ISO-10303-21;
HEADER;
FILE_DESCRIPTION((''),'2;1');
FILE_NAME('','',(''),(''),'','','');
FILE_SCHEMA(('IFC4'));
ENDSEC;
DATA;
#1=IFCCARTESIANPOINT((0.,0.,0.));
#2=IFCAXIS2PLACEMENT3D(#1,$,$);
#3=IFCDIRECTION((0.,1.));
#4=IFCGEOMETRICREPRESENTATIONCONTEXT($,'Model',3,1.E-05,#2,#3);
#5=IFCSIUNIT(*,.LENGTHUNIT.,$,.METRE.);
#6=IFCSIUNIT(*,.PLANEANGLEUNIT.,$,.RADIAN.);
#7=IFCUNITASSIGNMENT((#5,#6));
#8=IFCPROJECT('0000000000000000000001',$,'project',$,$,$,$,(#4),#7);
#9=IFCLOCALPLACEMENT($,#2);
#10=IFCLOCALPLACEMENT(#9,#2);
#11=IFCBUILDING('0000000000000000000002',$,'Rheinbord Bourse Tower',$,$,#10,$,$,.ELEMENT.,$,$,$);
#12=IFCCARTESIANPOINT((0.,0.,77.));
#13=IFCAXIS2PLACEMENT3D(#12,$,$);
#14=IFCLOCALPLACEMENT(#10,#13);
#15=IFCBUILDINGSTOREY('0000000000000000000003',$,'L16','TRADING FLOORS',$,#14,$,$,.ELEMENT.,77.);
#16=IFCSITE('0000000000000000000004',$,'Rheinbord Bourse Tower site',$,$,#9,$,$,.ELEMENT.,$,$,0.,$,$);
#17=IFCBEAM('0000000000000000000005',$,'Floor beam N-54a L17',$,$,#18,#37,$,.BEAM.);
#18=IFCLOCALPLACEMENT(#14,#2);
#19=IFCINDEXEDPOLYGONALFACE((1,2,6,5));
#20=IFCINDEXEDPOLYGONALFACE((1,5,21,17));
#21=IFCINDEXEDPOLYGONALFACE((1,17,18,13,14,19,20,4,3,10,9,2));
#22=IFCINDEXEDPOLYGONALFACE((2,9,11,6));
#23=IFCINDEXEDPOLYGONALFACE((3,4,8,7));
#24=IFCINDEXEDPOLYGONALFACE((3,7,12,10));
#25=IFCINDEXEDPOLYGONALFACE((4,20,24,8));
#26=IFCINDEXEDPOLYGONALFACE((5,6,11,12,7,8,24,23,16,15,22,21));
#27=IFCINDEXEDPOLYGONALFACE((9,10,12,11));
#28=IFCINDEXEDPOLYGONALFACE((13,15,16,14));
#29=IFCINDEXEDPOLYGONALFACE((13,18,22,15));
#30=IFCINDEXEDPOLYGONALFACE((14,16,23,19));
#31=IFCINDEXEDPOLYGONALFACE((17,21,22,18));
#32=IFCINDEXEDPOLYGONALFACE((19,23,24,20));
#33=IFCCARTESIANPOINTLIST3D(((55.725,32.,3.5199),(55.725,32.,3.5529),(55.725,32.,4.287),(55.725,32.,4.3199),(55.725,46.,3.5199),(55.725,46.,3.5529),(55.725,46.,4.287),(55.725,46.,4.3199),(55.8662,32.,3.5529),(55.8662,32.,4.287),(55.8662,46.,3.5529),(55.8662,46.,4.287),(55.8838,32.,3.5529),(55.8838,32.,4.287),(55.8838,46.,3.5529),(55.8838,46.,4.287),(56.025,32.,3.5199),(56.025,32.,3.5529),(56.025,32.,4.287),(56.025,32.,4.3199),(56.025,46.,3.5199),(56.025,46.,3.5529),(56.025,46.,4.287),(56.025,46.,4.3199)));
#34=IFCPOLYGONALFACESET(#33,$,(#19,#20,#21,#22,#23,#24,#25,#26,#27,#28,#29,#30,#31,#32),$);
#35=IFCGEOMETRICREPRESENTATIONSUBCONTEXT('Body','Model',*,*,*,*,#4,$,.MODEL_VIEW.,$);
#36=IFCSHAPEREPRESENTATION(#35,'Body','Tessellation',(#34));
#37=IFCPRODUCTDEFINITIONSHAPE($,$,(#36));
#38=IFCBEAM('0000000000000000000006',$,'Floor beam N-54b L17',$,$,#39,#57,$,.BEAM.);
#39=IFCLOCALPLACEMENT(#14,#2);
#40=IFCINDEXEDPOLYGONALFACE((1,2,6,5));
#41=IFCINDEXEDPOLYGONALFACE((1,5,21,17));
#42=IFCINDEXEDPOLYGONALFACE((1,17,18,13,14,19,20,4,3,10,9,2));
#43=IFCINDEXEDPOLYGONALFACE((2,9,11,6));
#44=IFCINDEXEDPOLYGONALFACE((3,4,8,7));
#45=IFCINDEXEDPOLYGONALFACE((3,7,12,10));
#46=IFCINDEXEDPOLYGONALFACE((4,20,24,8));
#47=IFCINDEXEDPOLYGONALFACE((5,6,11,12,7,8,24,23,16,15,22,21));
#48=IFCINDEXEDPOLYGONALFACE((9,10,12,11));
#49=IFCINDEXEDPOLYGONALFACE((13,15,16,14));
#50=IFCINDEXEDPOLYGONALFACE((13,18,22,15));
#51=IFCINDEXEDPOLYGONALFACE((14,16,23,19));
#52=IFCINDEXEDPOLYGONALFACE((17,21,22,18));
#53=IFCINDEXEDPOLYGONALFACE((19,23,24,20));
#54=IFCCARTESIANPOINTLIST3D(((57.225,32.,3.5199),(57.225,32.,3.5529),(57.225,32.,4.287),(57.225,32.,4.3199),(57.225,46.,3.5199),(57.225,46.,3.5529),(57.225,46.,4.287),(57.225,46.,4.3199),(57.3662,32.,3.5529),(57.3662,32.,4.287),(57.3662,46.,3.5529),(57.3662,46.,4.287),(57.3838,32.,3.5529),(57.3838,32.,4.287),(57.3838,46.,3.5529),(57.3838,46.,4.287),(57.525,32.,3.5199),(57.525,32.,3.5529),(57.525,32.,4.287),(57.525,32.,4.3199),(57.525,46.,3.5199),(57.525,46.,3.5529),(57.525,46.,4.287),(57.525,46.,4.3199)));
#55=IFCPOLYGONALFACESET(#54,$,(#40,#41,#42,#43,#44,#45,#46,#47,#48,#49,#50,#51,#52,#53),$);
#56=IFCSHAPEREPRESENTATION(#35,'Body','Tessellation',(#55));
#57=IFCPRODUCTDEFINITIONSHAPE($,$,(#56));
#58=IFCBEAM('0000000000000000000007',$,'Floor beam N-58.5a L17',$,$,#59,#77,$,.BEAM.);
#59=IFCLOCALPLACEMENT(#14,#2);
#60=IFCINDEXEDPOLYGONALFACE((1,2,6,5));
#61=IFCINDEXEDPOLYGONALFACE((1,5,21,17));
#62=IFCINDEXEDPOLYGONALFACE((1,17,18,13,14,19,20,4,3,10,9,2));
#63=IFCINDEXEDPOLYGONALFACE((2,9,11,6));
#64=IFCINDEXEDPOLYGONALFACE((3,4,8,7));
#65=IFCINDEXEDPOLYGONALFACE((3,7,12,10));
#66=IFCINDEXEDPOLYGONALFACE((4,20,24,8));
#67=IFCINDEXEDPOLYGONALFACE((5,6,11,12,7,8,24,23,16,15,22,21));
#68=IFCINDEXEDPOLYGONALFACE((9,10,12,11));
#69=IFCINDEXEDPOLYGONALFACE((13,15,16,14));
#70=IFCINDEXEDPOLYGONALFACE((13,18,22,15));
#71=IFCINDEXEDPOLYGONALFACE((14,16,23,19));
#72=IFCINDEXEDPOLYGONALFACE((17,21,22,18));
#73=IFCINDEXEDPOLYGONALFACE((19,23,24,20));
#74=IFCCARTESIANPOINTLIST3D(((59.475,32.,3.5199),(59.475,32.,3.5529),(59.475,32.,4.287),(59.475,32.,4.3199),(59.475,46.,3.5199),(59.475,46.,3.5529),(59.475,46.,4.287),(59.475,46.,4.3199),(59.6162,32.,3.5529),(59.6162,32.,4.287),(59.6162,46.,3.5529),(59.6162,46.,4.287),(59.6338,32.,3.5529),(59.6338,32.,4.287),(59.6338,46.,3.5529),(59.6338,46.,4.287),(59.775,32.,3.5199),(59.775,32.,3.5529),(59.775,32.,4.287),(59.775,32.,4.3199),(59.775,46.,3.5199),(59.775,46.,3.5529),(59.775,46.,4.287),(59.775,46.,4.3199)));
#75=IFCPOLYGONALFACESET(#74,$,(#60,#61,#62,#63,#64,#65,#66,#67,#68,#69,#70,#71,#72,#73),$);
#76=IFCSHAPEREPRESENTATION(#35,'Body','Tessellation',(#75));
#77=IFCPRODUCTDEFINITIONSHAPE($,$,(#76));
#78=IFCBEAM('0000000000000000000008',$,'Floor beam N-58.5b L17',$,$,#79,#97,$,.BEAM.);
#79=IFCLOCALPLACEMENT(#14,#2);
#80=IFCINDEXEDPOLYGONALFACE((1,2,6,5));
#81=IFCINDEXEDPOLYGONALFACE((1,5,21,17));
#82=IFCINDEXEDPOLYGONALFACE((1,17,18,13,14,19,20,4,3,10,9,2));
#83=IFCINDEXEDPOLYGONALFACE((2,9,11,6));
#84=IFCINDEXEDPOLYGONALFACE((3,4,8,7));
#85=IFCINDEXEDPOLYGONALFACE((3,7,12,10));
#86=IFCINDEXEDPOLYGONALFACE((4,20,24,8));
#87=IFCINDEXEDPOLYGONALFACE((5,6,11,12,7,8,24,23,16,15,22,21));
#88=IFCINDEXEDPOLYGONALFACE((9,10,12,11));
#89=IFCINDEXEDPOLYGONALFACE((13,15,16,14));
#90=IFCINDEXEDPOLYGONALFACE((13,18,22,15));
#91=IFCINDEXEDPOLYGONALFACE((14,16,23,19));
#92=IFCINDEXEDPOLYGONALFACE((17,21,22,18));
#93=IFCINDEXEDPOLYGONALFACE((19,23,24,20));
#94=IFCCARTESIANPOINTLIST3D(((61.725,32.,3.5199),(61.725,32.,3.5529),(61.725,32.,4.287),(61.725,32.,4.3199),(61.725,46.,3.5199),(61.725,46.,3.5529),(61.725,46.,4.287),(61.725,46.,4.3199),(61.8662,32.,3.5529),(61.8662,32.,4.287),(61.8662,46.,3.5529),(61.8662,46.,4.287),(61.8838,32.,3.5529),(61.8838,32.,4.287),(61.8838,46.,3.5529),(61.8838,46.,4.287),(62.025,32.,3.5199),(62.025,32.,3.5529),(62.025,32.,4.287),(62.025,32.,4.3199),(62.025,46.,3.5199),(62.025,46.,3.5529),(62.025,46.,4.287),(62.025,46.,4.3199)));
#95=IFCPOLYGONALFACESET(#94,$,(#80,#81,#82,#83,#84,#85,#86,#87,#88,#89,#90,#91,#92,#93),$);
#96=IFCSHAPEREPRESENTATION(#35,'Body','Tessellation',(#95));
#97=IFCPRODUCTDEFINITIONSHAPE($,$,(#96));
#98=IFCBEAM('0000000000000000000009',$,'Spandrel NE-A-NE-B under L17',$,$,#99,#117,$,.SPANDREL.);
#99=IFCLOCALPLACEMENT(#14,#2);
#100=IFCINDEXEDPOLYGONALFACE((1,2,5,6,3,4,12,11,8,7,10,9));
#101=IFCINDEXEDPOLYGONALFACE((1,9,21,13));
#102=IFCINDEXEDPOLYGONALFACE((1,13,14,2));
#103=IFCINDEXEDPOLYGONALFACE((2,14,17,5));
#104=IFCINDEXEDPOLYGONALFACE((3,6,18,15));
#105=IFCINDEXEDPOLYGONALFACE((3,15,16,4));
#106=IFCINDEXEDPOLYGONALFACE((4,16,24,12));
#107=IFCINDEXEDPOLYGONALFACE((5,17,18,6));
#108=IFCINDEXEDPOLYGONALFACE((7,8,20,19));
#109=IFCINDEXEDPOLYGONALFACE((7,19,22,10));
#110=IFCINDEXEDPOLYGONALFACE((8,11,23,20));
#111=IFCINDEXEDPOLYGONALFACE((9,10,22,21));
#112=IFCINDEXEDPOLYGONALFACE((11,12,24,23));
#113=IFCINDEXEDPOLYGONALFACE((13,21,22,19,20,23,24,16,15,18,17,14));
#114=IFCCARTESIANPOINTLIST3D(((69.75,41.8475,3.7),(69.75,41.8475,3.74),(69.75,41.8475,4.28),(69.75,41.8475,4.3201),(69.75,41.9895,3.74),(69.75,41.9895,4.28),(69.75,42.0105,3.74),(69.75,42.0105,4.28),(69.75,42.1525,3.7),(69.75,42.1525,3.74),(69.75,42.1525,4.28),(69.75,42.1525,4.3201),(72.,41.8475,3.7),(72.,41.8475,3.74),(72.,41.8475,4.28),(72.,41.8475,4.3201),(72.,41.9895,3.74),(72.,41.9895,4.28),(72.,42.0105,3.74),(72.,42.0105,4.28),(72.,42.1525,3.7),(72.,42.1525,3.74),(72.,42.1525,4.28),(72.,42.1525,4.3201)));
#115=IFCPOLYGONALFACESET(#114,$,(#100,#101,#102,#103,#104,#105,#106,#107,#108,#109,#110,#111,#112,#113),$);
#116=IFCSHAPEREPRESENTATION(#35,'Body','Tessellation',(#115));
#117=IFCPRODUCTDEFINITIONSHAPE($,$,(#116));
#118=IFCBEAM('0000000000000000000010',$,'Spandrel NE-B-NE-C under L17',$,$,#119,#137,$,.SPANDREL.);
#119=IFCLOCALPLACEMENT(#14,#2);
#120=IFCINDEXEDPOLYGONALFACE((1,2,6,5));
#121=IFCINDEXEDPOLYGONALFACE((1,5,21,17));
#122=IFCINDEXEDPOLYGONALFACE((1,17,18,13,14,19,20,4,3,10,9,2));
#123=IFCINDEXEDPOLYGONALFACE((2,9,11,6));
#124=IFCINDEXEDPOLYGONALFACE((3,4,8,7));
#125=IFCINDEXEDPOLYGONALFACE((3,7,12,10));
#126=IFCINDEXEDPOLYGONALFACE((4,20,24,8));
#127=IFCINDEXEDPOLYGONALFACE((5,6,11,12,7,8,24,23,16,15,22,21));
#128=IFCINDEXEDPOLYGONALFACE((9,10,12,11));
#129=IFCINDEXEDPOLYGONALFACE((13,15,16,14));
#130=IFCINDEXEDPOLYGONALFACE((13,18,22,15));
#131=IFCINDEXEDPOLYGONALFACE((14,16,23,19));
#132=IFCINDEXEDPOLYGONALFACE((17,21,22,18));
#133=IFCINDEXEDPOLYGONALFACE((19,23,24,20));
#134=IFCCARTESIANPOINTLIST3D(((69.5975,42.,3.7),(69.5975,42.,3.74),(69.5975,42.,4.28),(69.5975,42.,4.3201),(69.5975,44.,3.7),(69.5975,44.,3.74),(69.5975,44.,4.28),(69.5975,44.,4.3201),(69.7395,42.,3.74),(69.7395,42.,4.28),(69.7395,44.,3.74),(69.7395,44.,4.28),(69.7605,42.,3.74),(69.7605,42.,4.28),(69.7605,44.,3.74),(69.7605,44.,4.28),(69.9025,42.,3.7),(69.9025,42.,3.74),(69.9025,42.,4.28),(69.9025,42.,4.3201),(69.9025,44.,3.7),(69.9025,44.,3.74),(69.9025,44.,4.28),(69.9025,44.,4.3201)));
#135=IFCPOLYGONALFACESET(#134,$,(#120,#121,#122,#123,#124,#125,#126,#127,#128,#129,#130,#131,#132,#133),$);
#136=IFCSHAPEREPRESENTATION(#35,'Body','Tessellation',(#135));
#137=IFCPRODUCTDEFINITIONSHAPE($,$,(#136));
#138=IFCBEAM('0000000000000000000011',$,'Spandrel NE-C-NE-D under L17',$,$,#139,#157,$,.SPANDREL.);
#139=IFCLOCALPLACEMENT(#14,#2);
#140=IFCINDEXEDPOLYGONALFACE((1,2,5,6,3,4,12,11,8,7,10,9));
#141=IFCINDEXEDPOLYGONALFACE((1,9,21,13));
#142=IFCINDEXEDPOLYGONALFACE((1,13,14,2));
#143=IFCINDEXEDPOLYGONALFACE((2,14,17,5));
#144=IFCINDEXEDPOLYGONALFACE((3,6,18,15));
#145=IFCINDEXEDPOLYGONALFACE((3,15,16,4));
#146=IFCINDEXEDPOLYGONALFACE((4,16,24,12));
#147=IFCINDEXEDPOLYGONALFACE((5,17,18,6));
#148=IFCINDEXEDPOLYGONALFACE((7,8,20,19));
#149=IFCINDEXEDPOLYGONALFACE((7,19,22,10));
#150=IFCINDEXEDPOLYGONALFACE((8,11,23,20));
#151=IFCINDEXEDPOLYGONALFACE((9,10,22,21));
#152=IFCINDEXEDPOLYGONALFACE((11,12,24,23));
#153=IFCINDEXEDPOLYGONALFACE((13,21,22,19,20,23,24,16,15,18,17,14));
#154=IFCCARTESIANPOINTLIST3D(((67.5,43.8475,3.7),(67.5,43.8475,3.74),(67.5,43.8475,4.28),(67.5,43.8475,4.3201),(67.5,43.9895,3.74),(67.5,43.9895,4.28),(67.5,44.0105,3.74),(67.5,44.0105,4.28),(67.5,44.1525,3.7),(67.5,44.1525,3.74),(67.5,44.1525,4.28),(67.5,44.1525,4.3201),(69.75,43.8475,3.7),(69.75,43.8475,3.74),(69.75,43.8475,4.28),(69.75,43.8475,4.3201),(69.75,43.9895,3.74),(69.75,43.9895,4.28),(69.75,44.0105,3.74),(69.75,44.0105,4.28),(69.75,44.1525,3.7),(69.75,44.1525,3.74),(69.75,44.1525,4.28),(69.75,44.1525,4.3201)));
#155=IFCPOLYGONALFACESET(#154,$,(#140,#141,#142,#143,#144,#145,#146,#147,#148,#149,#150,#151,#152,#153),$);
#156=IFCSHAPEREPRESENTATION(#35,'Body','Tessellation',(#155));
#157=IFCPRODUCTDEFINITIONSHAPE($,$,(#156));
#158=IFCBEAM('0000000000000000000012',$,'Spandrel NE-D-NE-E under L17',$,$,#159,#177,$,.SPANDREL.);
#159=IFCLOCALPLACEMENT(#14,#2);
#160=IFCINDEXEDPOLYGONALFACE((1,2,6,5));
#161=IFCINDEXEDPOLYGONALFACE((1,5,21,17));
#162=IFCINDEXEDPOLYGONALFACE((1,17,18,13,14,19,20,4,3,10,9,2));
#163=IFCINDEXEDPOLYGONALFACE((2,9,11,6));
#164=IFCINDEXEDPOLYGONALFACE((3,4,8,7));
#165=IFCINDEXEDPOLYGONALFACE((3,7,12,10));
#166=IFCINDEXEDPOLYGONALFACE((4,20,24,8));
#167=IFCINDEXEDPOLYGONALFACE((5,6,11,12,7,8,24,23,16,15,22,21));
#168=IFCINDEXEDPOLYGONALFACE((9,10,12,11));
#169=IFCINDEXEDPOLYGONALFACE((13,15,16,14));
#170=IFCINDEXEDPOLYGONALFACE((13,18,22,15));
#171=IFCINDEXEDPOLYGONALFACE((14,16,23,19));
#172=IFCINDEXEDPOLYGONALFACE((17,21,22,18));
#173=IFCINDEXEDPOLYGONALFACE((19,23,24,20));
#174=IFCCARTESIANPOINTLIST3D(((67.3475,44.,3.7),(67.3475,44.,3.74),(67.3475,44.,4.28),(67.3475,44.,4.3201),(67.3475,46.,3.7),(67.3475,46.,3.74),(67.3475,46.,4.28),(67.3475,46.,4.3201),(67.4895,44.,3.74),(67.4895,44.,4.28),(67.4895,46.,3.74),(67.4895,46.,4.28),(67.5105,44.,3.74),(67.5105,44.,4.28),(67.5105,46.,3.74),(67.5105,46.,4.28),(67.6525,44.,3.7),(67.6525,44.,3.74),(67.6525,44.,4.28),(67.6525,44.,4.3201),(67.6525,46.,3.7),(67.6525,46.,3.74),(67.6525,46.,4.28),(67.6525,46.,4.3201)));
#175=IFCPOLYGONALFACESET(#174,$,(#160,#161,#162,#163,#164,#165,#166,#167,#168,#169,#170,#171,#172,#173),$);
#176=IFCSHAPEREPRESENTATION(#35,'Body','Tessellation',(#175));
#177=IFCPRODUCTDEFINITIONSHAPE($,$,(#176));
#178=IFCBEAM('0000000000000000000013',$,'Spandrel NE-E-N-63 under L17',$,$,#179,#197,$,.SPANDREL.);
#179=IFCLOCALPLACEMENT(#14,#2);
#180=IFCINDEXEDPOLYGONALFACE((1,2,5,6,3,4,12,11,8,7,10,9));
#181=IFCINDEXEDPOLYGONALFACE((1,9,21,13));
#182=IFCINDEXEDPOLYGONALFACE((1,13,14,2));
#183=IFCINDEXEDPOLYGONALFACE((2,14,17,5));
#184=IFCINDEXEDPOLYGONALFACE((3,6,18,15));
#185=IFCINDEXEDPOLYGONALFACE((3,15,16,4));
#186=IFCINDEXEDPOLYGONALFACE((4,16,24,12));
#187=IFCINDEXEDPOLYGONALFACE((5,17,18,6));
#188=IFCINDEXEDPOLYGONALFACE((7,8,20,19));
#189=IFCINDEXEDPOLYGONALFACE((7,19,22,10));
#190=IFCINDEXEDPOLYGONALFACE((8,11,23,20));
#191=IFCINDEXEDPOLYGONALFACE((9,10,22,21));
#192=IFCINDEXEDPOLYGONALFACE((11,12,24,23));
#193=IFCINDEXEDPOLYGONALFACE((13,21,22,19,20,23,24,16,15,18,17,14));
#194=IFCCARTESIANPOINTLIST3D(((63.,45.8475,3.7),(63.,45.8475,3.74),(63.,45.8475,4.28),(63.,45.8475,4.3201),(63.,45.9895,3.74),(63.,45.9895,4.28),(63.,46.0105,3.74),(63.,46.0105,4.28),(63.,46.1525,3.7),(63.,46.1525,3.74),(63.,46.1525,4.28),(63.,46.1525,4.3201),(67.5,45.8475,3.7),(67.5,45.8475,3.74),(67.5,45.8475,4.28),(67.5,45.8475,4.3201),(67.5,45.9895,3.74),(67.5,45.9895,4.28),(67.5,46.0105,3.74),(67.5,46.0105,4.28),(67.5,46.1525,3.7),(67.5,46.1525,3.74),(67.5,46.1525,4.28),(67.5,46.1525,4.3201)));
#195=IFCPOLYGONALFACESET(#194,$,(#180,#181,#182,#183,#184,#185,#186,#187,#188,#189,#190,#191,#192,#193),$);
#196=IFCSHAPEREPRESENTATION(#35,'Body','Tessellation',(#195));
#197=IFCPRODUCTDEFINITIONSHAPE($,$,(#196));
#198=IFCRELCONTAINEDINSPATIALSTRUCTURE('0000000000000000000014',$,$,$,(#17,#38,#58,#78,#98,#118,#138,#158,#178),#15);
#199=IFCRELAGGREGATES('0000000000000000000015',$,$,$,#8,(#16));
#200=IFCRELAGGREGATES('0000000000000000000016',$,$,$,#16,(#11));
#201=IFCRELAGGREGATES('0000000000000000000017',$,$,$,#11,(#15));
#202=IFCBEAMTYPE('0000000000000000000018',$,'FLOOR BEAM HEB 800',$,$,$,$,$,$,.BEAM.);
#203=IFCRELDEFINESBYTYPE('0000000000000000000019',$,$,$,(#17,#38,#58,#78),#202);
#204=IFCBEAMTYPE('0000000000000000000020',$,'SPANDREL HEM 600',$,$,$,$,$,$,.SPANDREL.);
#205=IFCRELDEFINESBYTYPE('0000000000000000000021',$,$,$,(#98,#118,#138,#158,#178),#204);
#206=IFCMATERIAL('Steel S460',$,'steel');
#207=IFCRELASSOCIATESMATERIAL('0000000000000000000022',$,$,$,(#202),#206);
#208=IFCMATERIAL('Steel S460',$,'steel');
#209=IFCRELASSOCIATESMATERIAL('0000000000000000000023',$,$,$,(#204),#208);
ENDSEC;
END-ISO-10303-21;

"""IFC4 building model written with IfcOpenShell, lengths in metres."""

from ifc_helpers import new_model, si_unit, direction, frame, origin, origin_2d, place, context, subcontext, project, spatial, i_section, extrude, material, material_profile, profile_set, type_object, element, save


model = new_model("IFC4")

# Units and contexts
model_context = context("Model", 3, precision=1e-05, world=origin(), true_north=direction((0.0, 1.0)))
body_context = subcontext(model_context, "Body", "Model", "MODEL_VIEW")
ifc_project = project(units=[si_unit("LENGTHUNIT", "METRE"), si_unit("PLANEANGLEUNIT", "RADIAN")], contexts=[model_context])

# Site, building, storey
site_placement = place(None, origin())
site = spatial("IfcSite", under=ifc_project, at=site_placement, Name="Rheinbord Bourse Tower site", CompositionType="ELEMENT", RefElevation=0.0)
building_placement = place(site_placement, origin())
building = spatial("IfcBuilding", under=site, at=building_placement, Name="Rheinbord Bourse Tower", CompositionType="ELEMENT")
storey_placement = place(building_placement, frame((0.0, 0.0, 77.0)))
storey = spatial("IfcBuildingStorey", under=building, at=storey_placement, Name="L16", Description="TRADING FLOORS", CompositionType="ELEMENT", Elevation=77.0)

# Beams
ifc_material_1 = material(Name="Steel S460", Category="steel")
ifc_material_profile_1 = material_profile(ifc_material_1, i_section(OverallWidth=0.3, OverallDepth=0.8, WebThickness=0.0176, FlangeThickness=0.033, at=origin_2d()), Name="HEB 800")
ifc_profile_set_1 = profile_set([ifc_material_profile_1], Name="Steel S460")
beam_type_1 = type_object("IfcBeamType", Name="FLOOR BEAM HEB 800", PredefinedType="BEAM", material=ifc_profile_set_1)
for number, where, z_axis, x_axis, name in (
    (1, (55.875, 46.0, 3.9199), (0.0, -1.0, 0.0), (1.0, 0.0, 0.0), "Floor beam N-54a L17"),
    (2, (57.375, 46.0, 3.9199), (0.0, -1.0, 0.0), (1.0, 0.0, 0.0), "Floor beam N-54b L17"),
    (3, (59.625, 46.0, 3.9199), (0.0, -1.0, 0.0), (1.0, 0.0, 0.0), "Floor beam N-58.5a L17"),
    (4, (61.875, 46.0, 3.9199), (0.0, -1.0, 0.0), (1.0, 0.0, 0.0), "Floor beam N-58.5b L17"),
):
    element("IfcBeam", number, at=place(storey_placement, frame(where, z_axis=z_axis, x_axis=x_axis)), inside=storey, type_object=beam_type_1, Name=name, PredefinedType="BEAM", context=body_context, shape_type="SweptSolid", body=[
        extrude(i_section(OverallWidth=0.3, OverallDepth=0.8, WebThickness=0.0176, FlangeThickness=0.033, at=origin_2d()), origin(), (0.0, 0.0, 1.0), 14.0),
    ])
ifc_material_2 = material(Name="Steel S460", Category="steel")
ifc_material_profile_2 = material_profile(ifc_material_2, i_section(OverallWidth=0.3049, OverallDepth=0.6201, WebThickness=0.021, FlangeThickness=0.04, at=origin_2d()), Name="HEM 600")
ifc_profile_set_2 = profile_set([ifc_material_profile_2], Name="Steel S460")
beam_type_2 = type_object("IfcBeamType", Name="SPANDREL HEM 600", PredefinedType="SPANDREL", material=ifc_profile_set_2)
beam_1_placement = place(storey_placement, frame((72.0, 42.0, 4.01), z_axis=(-1.0, 0.0, 0.0), x_axis=(0.0, -1.0, 0.0)))
element("IfcBeam", 5, at=beam_1_placement, inside=storey, type_object=beam_type_2, Name="Spandrel NE-A-NE-B under L17", PredefinedType="SPANDREL", context=body_context, shape_type="SweptSolid", body=[
    extrude(i_section(OverallWidth=0.3049, OverallDepth=0.6201, WebThickness=0.021, FlangeThickness=0.04, at=origin_2d()), origin(), (0.0, 0.0, 1.0), 2.25),
])
beam_2_placement = place(storey_placement, frame((69.75, 42.0, 4.01), z_axis=(0.0, 1.0, 0.0), x_axis=(-1.0, 0.0, 0.0)))
element("IfcBeam", 6, at=beam_2_placement, inside=storey, type_object=beam_type_2, Name="Spandrel NE-B-NE-C under L17", PredefinedType="SPANDREL", context=body_context, shape_type="SweptSolid", body=[
    extrude(i_section(OverallWidth=0.3049, OverallDepth=0.6201, WebThickness=0.021, FlangeThickness=0.04, at=origin_2d()), origin(), (0.0, 0.0, 1.0), 2.0),
])
beam_3_placement = place(storey_placement, frame((69.75, 44.0, 4.01), z_axis=(-1.0, 0.0, 0.0), x_axis=(0.0, -1.0, 0.0)))
element("IfcBeam", 7, at=beam_3_placement, inside=storey, type_object=beam_type_2, Name="Spandrel NE-C-NE-D under L17", PredefinedType="SPANDREL", context=body_context, shape_type="SweptSolid", body=[
    extrude(i_section(OverallWidth=0.3049, OverallDepth=0.6201, WebThickness=0.021, FlangeThickness=0.04, at=origin_2d()), origin(), (0.0, 0.0, 1.0), 2.25),
])
beam_4_placement = place(storey_placement, frame((67.5, 44.0, 4.01), z_axis=(0.0, 1.0, 0.0), x_axis=(-1.0, 0.0, 0.0)))
element("IfcBeam", 8, at=beam_4_placement, inside=storey, type_object=beam_type_2, Name="Spandrel NE-D-NE-E under L17", PredefinedType="SPANDREL", context=body_context, shape_type="SweptSolid", body=[
    extrude(i_section(OverallWidth=0.3049, OverallDepth=0.6201, WebThickness=0.021, FlangeThickness=0.04, at=origin_2d()), origin(), (0.0, 0.0, 1.0), 2.0),
])
for number, where, z_axis, x_axis, name in (
    (9, (67.5, 46.0, 4.01), (-1.0, 0.0, 0.0), (0.0, -1.0, 0.0), "Spandrel NE-E-N-63 under L17"),
):
    element("IfcBeam", number, at=place(storey_placement, frame(where, z_axis=z_axis, x_axis=x_axis)), inside=storey, type_object=beam_type_2, Name=name, PredefinedType="SPANDREL", context=body_context, shape_type="SweptSolid", body=[
        extrude(i_section(OverallWidth=0.3049, OverallDepth=0.6201, WebThickness=0.021, FlangeThickness=0.04, at=origin_2d()), origin(), (0.0, 0.0, 1.0), 4.5),
    ])

save(model, "model.ifc")
